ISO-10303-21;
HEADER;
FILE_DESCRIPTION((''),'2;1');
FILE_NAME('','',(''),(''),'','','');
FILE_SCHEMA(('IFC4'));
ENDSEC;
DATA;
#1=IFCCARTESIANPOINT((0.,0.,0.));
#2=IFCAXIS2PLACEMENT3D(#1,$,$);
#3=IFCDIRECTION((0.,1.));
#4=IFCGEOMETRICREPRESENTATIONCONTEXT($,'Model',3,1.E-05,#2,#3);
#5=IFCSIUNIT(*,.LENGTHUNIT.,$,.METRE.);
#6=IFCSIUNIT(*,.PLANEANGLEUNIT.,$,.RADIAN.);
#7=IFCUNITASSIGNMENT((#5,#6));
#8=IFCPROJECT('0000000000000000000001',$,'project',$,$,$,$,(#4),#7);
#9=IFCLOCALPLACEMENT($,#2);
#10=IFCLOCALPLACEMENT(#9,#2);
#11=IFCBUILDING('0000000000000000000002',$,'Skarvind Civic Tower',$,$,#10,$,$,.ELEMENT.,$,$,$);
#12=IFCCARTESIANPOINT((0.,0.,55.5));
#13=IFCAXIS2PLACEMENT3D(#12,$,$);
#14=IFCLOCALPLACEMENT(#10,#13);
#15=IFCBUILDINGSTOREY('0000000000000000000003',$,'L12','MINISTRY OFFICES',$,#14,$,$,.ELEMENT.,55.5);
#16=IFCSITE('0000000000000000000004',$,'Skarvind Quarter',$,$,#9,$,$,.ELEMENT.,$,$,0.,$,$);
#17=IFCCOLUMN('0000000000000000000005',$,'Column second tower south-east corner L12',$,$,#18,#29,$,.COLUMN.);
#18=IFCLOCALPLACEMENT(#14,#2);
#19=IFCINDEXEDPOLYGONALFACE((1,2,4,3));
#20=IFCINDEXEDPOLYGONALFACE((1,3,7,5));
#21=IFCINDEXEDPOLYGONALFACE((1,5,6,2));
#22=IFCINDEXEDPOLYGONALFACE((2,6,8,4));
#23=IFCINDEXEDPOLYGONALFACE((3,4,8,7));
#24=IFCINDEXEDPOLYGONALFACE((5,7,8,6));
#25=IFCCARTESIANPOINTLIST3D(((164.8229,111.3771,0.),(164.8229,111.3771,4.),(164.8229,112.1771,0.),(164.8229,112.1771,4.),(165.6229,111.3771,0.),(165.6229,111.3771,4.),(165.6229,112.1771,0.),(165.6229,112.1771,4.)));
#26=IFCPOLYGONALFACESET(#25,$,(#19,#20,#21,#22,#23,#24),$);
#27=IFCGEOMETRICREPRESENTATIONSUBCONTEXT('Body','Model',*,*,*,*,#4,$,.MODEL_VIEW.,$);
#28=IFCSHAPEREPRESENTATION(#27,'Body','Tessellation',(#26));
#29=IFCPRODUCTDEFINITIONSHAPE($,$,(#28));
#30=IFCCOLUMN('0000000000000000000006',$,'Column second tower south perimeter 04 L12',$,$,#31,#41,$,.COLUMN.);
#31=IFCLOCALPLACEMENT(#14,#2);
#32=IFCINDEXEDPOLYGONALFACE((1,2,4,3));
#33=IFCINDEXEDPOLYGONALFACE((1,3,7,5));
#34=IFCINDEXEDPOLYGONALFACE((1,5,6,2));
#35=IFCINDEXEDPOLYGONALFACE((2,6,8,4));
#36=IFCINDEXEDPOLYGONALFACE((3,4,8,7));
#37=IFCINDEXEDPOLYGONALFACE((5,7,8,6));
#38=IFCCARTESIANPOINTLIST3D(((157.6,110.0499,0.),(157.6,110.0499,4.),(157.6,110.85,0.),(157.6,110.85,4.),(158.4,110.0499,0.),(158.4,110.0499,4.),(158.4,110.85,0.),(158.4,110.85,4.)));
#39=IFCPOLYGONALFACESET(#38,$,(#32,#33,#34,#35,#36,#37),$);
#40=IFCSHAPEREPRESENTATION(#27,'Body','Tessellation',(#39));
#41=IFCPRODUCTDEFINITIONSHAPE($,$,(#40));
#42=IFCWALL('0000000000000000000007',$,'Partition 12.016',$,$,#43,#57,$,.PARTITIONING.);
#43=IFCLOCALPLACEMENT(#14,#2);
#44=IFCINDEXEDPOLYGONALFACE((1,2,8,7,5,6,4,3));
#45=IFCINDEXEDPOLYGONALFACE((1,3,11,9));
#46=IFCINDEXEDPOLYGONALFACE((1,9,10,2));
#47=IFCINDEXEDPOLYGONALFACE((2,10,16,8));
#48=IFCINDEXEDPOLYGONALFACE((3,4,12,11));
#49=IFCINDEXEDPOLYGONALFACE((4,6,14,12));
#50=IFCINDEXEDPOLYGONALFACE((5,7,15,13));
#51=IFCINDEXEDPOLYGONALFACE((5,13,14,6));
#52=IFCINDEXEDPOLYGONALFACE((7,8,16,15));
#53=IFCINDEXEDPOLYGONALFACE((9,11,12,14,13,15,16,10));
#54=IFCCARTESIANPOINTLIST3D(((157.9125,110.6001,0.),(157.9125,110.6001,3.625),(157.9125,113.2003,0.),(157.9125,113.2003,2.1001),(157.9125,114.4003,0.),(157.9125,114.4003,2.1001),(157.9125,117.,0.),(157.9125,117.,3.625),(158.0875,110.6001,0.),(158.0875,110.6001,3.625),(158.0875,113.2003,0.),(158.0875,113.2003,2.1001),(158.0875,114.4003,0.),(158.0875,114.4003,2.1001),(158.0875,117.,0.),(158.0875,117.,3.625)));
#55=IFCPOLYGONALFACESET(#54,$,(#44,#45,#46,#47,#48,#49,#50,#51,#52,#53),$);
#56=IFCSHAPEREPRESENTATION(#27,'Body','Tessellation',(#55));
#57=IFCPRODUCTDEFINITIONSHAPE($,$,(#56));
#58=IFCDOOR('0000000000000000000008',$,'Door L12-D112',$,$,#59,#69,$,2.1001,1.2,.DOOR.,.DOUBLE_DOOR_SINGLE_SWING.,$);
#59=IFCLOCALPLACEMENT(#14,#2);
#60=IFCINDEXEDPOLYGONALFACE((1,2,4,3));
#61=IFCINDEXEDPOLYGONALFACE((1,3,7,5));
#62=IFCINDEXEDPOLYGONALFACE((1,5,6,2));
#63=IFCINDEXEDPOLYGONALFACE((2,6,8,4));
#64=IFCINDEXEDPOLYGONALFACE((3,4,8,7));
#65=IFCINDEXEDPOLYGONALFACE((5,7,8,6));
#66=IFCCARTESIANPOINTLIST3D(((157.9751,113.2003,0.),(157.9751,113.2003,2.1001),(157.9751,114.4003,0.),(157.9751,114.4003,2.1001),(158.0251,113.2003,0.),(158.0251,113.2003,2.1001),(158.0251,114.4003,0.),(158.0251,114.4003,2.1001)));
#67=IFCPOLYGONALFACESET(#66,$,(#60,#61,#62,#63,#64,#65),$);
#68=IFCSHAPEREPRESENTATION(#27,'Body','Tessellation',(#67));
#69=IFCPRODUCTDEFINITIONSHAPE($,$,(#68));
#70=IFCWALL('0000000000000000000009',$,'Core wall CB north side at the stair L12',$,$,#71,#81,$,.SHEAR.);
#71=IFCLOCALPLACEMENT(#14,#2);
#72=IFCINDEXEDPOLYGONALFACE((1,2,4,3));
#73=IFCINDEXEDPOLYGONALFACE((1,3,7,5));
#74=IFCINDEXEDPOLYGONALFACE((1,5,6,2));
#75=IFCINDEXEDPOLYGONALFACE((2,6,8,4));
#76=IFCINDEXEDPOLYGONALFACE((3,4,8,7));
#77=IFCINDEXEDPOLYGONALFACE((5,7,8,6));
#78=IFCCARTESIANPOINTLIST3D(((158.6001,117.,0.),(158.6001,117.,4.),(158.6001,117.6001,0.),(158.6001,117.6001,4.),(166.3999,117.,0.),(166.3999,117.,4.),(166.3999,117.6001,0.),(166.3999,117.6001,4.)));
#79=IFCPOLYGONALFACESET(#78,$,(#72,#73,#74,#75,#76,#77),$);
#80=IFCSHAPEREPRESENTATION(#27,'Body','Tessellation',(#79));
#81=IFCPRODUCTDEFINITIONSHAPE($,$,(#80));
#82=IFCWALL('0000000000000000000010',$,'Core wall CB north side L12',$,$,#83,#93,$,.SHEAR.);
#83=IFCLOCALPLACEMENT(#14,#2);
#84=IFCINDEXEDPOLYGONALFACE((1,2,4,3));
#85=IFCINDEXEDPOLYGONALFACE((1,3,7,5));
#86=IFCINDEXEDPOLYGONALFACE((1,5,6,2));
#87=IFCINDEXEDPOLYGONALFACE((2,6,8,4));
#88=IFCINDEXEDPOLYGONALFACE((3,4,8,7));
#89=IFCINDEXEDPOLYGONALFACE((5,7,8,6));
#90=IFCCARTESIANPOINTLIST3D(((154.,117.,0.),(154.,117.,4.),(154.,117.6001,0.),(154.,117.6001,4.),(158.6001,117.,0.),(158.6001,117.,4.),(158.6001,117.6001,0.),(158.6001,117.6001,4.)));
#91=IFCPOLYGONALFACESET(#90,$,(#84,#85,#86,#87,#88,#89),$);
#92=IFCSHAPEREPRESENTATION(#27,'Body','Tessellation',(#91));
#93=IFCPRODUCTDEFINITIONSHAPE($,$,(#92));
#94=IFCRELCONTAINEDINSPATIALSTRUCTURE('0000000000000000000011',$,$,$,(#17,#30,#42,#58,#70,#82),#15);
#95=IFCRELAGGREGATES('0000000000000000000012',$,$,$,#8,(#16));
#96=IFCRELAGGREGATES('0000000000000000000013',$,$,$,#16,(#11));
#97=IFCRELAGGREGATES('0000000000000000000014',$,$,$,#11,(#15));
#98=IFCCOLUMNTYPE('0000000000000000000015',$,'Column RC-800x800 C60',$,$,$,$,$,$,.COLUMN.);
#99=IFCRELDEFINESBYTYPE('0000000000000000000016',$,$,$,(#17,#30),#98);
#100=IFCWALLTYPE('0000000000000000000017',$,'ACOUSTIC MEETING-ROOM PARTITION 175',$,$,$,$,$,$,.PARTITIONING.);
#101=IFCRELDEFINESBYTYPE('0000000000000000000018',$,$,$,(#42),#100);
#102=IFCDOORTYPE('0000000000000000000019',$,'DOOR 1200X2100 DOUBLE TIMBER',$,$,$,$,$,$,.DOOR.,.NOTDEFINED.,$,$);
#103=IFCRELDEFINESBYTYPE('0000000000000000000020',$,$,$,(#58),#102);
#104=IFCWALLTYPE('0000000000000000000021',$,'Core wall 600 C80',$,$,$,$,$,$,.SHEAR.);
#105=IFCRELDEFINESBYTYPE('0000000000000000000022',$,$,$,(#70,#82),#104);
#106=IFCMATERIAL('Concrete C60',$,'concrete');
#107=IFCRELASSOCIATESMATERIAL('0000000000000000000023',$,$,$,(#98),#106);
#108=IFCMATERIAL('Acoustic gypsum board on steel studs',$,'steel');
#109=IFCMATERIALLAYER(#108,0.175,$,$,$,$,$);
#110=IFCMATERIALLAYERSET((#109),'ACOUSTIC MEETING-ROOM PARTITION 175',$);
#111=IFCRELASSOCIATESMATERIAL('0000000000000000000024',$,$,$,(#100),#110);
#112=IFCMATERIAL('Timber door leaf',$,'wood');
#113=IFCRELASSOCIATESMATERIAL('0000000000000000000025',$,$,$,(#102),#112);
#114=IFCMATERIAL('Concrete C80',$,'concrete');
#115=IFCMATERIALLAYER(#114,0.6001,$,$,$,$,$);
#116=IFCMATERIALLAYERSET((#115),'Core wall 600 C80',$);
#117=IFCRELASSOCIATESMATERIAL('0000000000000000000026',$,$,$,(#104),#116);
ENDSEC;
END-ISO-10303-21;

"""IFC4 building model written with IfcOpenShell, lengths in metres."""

from ifc_helpers import new_model, si_unit, direction, frame, frame_2d, origin, origin_2d, place, context, subcontext, project, spatial, rectangle, extrude, material, layer, layer_set, material_profile, profile_set, type_object, element, fill, save


model = new_model("IFC4")

# Units and contexts
model_context = context("Model", 3, precision=1e-05, world=origin(), true_north=direction((0.0, 1.0)))
body_context = subcontext(model_context, "Body", "Model", "MODEL_VIEW")
ifc_project = project(units=[si_unit("LENGTHUNIT", "METRE"), si_unit("PLANEANGLEUNIT", "RADIAN")], contexts=[model_context])

# Site, building, storey
site_placement = place(None, origin())
site = spatial("IfcSite", under=ifc_project, at=site_placement, Name="Skarvind Quarter", CompositionType="ELEMENT", RefElevation=0.0)
building_placement = place(site_placement, origin())
building = spatial("IfcBuilding", under=site, at=building_placement, Name="Skarvind Civic Tower", CompositionType="ELEMENT")
storey_placement = place(building_placement, frame((0.0, 0.0, 55.5)))
storey = spatial("IfcBuildingStorey", under=building, at=storey_placement, Name="L12", Description="MINISTRY OFFICES", CompositionType="ELEMENT", Elevation=55.5)

# Columns
ifc_material_1 = material(Name="Concrete C60", Category="concrete")
ifc_material_profile = material_profile(ifc_material_1, rectangle(XDim=0.8, YDim=0.8, at=origin_2d()), Name="RC-800x800")
ifc_profile_set = profile_set([ifc_material_profile], Name="Concrete C60")
column_type = type_object("IfcColumnType", Name="Column RC-800x800 C60", PredefinedType="COLUMN", material=ifc_profile_set)
for number, where, z_axis, x_axis, name in (
    (1, (165.2229, 111.7771, 0.0), (0.0, 0.0, 1.0), (1.0, 0.0, 0.0), "Column second tower south-east corner L12"),
    (2, (158.0, 110.45, 0.0), (0.0, 0.0, 1.0), (1.0, 0.0, 0.0), "Column second tower south perimeter 04 L12"),
):
    element("IfcColumn", number, at=place(storey_placement, frame(where, z_axis=z_axis, x_axis=x_axis)), inside=storey, type_object=column_type, Name=name, PredefinedType="COLUMN", context=body_context, shape_type="SweptSolid", body=[
        extrude(rectangle(XDim=0.8, YDim=0.8, at=origin_2d()), origin(), (0.0, 0.0, 1.0), 4.0),
    ])

# Wall, opening, door
ifc_material_2 = material(Name="Acoustic gypsum board on steel studs", Category="steel")
ifc_layer_1 = layer(ifc_material_2, 0.175)
ifc_layer_set_1 = layer_set([ifc_layer_1], Name="ACOUSTIC MEETING-ROOM PARTITION 175")
wall_type_1 = type_object("IfcWallType", Name="ACOUSTIC MEETING-ROOM PARTITION 175", PredefinedType="PARTITIONING", material=ifc_layer_set_1)
wall_1_placement = place(storey_placement, frame((158.0, 110.6001, 0.0), z_axis=(0.0, 0.0, 1.0), x_axis=(0.0, 1.0, 0.0)))
wall_1 = element("IfcWall", 3, at=wall_1_placement, inside=storey, type_object=wall_type_1, Name="Partition 12.016", PredefinedType="PARTITIONING", context=body_context, shape_type="SweptSolid", body=[
    extrude(rectangle(XDim=6.3999, YDim=0.175, at=frame_2d((3.2, 0.0))), origin(), (0.0, 0.0, 1.0), 3.625),
])
opening_1_placement = place(wall_1_placement, frame((2.6001, 0.0, 0.0)))
opening_1 = element("IfcOpeningElement", 4, at=opening_1_placement, cuts=wall_1, PredefinedType="OPENING", context=body_context, shape_type="SweptSolid", body=[
    extrude(rectangle(XDim=1.2, YDim=2.1001, at=frame_2d((0.6001, 1.05))), frame((0.0, 0.0974, 0.0), z_axis=(0.0, -1.0, 0.0), x_axis=(1.0, 0.0, 0.0)), (0.0, 0.0, 1.0), 0.1951),
])
ifc_material_3 = material(Name="Timber door leaf", Category="wood")
door_type = type_object("IfcDoorType", Name="DOOR 1200X2100 DOUBLE TIMBER", OperationType="NOTDEFINED", PredefinedType="DOOR", material=ifc_material_3)
door_placement = place(opening_1_placement, origin())
door = element("IfcDoor", 5, at=door_placement, inside=storey, type_object=door_type, Name="Door L12-D112", OperationType="DOUBLE_DOOR_SINGLE_SWING", OverallHeight=2.1001, OverallWidth=1.2, PredefinedType="DOOR", context=body_context, shape_type="SweptSolid", body=[
    extrude(rectangle(XDim=1.2, YDim=2.1001, at=frame_2d((0.6001, 1.05))), frame((0.0, 0.0249, 0.0), z_axis=(0.0, -1.0, 0.0), x_axis=(1.0, 0.0, 0.0)), (0.0, 0.0, 1.0), 0.05),
])
fill(opening_1, door)

# Walls
ifc_material_4 = material(Name="Concrete C80", Category="concrete")
ifc_layer_2 = layer(ifc_material_4, 0.6001)
ifc_layer_set_2 = layer_set([ifc_layer_2], Name="Core wall 600 C80")
wall_type_2 = type_object("IfcWallType", Name="Core wall 600 C80", PredefinedType="SHEAR", material=ifc_layer_set_2)
wall_2_placement = place(storey_placement, frame((166.3999, 117.3, 0.0), z_axis=(0.0, 0.0, 1.0), x_axis=(-1.0, 0.0, 0.0)))
element("IfcWall", 6, at=wall_2_placement, inside=storey, type_object=wall_type_2, Name="Core wall CB north side at the stair L12", PredefinedType="SHEAR", context=body_context, shape_type="SweptSolid", body=[
    extrude(rectangle(XDim=7.7998, YDim=0.6001, at=frame_2d((3.8999, 0.0))), origin(), (0.0, 0.0, 1.0), 4.0),
])
wall_3_placement = place(storey_placement, frame((158.6001, 117.3, 0.0), z_axis=(0.0, 0.0, 1.0), x_axis=(-1.0, 0.0, 0.0)))
element("IfcWall", 7, at=wall_3_placement, inside=storey, type_object=wall_type_2, Name="Core wall CB north side L12", PredefinedType="SHEAR", context=body_context, shape_type="SweptSolid", body=[
    extrude(rectangle(XDim=4.6001, YDim=0.6001, at=frame_2d((2.3, 0.0))), origin(), (0.0, 0.0, 1.0), 4.0),
])

save(model, "model.ifc")
